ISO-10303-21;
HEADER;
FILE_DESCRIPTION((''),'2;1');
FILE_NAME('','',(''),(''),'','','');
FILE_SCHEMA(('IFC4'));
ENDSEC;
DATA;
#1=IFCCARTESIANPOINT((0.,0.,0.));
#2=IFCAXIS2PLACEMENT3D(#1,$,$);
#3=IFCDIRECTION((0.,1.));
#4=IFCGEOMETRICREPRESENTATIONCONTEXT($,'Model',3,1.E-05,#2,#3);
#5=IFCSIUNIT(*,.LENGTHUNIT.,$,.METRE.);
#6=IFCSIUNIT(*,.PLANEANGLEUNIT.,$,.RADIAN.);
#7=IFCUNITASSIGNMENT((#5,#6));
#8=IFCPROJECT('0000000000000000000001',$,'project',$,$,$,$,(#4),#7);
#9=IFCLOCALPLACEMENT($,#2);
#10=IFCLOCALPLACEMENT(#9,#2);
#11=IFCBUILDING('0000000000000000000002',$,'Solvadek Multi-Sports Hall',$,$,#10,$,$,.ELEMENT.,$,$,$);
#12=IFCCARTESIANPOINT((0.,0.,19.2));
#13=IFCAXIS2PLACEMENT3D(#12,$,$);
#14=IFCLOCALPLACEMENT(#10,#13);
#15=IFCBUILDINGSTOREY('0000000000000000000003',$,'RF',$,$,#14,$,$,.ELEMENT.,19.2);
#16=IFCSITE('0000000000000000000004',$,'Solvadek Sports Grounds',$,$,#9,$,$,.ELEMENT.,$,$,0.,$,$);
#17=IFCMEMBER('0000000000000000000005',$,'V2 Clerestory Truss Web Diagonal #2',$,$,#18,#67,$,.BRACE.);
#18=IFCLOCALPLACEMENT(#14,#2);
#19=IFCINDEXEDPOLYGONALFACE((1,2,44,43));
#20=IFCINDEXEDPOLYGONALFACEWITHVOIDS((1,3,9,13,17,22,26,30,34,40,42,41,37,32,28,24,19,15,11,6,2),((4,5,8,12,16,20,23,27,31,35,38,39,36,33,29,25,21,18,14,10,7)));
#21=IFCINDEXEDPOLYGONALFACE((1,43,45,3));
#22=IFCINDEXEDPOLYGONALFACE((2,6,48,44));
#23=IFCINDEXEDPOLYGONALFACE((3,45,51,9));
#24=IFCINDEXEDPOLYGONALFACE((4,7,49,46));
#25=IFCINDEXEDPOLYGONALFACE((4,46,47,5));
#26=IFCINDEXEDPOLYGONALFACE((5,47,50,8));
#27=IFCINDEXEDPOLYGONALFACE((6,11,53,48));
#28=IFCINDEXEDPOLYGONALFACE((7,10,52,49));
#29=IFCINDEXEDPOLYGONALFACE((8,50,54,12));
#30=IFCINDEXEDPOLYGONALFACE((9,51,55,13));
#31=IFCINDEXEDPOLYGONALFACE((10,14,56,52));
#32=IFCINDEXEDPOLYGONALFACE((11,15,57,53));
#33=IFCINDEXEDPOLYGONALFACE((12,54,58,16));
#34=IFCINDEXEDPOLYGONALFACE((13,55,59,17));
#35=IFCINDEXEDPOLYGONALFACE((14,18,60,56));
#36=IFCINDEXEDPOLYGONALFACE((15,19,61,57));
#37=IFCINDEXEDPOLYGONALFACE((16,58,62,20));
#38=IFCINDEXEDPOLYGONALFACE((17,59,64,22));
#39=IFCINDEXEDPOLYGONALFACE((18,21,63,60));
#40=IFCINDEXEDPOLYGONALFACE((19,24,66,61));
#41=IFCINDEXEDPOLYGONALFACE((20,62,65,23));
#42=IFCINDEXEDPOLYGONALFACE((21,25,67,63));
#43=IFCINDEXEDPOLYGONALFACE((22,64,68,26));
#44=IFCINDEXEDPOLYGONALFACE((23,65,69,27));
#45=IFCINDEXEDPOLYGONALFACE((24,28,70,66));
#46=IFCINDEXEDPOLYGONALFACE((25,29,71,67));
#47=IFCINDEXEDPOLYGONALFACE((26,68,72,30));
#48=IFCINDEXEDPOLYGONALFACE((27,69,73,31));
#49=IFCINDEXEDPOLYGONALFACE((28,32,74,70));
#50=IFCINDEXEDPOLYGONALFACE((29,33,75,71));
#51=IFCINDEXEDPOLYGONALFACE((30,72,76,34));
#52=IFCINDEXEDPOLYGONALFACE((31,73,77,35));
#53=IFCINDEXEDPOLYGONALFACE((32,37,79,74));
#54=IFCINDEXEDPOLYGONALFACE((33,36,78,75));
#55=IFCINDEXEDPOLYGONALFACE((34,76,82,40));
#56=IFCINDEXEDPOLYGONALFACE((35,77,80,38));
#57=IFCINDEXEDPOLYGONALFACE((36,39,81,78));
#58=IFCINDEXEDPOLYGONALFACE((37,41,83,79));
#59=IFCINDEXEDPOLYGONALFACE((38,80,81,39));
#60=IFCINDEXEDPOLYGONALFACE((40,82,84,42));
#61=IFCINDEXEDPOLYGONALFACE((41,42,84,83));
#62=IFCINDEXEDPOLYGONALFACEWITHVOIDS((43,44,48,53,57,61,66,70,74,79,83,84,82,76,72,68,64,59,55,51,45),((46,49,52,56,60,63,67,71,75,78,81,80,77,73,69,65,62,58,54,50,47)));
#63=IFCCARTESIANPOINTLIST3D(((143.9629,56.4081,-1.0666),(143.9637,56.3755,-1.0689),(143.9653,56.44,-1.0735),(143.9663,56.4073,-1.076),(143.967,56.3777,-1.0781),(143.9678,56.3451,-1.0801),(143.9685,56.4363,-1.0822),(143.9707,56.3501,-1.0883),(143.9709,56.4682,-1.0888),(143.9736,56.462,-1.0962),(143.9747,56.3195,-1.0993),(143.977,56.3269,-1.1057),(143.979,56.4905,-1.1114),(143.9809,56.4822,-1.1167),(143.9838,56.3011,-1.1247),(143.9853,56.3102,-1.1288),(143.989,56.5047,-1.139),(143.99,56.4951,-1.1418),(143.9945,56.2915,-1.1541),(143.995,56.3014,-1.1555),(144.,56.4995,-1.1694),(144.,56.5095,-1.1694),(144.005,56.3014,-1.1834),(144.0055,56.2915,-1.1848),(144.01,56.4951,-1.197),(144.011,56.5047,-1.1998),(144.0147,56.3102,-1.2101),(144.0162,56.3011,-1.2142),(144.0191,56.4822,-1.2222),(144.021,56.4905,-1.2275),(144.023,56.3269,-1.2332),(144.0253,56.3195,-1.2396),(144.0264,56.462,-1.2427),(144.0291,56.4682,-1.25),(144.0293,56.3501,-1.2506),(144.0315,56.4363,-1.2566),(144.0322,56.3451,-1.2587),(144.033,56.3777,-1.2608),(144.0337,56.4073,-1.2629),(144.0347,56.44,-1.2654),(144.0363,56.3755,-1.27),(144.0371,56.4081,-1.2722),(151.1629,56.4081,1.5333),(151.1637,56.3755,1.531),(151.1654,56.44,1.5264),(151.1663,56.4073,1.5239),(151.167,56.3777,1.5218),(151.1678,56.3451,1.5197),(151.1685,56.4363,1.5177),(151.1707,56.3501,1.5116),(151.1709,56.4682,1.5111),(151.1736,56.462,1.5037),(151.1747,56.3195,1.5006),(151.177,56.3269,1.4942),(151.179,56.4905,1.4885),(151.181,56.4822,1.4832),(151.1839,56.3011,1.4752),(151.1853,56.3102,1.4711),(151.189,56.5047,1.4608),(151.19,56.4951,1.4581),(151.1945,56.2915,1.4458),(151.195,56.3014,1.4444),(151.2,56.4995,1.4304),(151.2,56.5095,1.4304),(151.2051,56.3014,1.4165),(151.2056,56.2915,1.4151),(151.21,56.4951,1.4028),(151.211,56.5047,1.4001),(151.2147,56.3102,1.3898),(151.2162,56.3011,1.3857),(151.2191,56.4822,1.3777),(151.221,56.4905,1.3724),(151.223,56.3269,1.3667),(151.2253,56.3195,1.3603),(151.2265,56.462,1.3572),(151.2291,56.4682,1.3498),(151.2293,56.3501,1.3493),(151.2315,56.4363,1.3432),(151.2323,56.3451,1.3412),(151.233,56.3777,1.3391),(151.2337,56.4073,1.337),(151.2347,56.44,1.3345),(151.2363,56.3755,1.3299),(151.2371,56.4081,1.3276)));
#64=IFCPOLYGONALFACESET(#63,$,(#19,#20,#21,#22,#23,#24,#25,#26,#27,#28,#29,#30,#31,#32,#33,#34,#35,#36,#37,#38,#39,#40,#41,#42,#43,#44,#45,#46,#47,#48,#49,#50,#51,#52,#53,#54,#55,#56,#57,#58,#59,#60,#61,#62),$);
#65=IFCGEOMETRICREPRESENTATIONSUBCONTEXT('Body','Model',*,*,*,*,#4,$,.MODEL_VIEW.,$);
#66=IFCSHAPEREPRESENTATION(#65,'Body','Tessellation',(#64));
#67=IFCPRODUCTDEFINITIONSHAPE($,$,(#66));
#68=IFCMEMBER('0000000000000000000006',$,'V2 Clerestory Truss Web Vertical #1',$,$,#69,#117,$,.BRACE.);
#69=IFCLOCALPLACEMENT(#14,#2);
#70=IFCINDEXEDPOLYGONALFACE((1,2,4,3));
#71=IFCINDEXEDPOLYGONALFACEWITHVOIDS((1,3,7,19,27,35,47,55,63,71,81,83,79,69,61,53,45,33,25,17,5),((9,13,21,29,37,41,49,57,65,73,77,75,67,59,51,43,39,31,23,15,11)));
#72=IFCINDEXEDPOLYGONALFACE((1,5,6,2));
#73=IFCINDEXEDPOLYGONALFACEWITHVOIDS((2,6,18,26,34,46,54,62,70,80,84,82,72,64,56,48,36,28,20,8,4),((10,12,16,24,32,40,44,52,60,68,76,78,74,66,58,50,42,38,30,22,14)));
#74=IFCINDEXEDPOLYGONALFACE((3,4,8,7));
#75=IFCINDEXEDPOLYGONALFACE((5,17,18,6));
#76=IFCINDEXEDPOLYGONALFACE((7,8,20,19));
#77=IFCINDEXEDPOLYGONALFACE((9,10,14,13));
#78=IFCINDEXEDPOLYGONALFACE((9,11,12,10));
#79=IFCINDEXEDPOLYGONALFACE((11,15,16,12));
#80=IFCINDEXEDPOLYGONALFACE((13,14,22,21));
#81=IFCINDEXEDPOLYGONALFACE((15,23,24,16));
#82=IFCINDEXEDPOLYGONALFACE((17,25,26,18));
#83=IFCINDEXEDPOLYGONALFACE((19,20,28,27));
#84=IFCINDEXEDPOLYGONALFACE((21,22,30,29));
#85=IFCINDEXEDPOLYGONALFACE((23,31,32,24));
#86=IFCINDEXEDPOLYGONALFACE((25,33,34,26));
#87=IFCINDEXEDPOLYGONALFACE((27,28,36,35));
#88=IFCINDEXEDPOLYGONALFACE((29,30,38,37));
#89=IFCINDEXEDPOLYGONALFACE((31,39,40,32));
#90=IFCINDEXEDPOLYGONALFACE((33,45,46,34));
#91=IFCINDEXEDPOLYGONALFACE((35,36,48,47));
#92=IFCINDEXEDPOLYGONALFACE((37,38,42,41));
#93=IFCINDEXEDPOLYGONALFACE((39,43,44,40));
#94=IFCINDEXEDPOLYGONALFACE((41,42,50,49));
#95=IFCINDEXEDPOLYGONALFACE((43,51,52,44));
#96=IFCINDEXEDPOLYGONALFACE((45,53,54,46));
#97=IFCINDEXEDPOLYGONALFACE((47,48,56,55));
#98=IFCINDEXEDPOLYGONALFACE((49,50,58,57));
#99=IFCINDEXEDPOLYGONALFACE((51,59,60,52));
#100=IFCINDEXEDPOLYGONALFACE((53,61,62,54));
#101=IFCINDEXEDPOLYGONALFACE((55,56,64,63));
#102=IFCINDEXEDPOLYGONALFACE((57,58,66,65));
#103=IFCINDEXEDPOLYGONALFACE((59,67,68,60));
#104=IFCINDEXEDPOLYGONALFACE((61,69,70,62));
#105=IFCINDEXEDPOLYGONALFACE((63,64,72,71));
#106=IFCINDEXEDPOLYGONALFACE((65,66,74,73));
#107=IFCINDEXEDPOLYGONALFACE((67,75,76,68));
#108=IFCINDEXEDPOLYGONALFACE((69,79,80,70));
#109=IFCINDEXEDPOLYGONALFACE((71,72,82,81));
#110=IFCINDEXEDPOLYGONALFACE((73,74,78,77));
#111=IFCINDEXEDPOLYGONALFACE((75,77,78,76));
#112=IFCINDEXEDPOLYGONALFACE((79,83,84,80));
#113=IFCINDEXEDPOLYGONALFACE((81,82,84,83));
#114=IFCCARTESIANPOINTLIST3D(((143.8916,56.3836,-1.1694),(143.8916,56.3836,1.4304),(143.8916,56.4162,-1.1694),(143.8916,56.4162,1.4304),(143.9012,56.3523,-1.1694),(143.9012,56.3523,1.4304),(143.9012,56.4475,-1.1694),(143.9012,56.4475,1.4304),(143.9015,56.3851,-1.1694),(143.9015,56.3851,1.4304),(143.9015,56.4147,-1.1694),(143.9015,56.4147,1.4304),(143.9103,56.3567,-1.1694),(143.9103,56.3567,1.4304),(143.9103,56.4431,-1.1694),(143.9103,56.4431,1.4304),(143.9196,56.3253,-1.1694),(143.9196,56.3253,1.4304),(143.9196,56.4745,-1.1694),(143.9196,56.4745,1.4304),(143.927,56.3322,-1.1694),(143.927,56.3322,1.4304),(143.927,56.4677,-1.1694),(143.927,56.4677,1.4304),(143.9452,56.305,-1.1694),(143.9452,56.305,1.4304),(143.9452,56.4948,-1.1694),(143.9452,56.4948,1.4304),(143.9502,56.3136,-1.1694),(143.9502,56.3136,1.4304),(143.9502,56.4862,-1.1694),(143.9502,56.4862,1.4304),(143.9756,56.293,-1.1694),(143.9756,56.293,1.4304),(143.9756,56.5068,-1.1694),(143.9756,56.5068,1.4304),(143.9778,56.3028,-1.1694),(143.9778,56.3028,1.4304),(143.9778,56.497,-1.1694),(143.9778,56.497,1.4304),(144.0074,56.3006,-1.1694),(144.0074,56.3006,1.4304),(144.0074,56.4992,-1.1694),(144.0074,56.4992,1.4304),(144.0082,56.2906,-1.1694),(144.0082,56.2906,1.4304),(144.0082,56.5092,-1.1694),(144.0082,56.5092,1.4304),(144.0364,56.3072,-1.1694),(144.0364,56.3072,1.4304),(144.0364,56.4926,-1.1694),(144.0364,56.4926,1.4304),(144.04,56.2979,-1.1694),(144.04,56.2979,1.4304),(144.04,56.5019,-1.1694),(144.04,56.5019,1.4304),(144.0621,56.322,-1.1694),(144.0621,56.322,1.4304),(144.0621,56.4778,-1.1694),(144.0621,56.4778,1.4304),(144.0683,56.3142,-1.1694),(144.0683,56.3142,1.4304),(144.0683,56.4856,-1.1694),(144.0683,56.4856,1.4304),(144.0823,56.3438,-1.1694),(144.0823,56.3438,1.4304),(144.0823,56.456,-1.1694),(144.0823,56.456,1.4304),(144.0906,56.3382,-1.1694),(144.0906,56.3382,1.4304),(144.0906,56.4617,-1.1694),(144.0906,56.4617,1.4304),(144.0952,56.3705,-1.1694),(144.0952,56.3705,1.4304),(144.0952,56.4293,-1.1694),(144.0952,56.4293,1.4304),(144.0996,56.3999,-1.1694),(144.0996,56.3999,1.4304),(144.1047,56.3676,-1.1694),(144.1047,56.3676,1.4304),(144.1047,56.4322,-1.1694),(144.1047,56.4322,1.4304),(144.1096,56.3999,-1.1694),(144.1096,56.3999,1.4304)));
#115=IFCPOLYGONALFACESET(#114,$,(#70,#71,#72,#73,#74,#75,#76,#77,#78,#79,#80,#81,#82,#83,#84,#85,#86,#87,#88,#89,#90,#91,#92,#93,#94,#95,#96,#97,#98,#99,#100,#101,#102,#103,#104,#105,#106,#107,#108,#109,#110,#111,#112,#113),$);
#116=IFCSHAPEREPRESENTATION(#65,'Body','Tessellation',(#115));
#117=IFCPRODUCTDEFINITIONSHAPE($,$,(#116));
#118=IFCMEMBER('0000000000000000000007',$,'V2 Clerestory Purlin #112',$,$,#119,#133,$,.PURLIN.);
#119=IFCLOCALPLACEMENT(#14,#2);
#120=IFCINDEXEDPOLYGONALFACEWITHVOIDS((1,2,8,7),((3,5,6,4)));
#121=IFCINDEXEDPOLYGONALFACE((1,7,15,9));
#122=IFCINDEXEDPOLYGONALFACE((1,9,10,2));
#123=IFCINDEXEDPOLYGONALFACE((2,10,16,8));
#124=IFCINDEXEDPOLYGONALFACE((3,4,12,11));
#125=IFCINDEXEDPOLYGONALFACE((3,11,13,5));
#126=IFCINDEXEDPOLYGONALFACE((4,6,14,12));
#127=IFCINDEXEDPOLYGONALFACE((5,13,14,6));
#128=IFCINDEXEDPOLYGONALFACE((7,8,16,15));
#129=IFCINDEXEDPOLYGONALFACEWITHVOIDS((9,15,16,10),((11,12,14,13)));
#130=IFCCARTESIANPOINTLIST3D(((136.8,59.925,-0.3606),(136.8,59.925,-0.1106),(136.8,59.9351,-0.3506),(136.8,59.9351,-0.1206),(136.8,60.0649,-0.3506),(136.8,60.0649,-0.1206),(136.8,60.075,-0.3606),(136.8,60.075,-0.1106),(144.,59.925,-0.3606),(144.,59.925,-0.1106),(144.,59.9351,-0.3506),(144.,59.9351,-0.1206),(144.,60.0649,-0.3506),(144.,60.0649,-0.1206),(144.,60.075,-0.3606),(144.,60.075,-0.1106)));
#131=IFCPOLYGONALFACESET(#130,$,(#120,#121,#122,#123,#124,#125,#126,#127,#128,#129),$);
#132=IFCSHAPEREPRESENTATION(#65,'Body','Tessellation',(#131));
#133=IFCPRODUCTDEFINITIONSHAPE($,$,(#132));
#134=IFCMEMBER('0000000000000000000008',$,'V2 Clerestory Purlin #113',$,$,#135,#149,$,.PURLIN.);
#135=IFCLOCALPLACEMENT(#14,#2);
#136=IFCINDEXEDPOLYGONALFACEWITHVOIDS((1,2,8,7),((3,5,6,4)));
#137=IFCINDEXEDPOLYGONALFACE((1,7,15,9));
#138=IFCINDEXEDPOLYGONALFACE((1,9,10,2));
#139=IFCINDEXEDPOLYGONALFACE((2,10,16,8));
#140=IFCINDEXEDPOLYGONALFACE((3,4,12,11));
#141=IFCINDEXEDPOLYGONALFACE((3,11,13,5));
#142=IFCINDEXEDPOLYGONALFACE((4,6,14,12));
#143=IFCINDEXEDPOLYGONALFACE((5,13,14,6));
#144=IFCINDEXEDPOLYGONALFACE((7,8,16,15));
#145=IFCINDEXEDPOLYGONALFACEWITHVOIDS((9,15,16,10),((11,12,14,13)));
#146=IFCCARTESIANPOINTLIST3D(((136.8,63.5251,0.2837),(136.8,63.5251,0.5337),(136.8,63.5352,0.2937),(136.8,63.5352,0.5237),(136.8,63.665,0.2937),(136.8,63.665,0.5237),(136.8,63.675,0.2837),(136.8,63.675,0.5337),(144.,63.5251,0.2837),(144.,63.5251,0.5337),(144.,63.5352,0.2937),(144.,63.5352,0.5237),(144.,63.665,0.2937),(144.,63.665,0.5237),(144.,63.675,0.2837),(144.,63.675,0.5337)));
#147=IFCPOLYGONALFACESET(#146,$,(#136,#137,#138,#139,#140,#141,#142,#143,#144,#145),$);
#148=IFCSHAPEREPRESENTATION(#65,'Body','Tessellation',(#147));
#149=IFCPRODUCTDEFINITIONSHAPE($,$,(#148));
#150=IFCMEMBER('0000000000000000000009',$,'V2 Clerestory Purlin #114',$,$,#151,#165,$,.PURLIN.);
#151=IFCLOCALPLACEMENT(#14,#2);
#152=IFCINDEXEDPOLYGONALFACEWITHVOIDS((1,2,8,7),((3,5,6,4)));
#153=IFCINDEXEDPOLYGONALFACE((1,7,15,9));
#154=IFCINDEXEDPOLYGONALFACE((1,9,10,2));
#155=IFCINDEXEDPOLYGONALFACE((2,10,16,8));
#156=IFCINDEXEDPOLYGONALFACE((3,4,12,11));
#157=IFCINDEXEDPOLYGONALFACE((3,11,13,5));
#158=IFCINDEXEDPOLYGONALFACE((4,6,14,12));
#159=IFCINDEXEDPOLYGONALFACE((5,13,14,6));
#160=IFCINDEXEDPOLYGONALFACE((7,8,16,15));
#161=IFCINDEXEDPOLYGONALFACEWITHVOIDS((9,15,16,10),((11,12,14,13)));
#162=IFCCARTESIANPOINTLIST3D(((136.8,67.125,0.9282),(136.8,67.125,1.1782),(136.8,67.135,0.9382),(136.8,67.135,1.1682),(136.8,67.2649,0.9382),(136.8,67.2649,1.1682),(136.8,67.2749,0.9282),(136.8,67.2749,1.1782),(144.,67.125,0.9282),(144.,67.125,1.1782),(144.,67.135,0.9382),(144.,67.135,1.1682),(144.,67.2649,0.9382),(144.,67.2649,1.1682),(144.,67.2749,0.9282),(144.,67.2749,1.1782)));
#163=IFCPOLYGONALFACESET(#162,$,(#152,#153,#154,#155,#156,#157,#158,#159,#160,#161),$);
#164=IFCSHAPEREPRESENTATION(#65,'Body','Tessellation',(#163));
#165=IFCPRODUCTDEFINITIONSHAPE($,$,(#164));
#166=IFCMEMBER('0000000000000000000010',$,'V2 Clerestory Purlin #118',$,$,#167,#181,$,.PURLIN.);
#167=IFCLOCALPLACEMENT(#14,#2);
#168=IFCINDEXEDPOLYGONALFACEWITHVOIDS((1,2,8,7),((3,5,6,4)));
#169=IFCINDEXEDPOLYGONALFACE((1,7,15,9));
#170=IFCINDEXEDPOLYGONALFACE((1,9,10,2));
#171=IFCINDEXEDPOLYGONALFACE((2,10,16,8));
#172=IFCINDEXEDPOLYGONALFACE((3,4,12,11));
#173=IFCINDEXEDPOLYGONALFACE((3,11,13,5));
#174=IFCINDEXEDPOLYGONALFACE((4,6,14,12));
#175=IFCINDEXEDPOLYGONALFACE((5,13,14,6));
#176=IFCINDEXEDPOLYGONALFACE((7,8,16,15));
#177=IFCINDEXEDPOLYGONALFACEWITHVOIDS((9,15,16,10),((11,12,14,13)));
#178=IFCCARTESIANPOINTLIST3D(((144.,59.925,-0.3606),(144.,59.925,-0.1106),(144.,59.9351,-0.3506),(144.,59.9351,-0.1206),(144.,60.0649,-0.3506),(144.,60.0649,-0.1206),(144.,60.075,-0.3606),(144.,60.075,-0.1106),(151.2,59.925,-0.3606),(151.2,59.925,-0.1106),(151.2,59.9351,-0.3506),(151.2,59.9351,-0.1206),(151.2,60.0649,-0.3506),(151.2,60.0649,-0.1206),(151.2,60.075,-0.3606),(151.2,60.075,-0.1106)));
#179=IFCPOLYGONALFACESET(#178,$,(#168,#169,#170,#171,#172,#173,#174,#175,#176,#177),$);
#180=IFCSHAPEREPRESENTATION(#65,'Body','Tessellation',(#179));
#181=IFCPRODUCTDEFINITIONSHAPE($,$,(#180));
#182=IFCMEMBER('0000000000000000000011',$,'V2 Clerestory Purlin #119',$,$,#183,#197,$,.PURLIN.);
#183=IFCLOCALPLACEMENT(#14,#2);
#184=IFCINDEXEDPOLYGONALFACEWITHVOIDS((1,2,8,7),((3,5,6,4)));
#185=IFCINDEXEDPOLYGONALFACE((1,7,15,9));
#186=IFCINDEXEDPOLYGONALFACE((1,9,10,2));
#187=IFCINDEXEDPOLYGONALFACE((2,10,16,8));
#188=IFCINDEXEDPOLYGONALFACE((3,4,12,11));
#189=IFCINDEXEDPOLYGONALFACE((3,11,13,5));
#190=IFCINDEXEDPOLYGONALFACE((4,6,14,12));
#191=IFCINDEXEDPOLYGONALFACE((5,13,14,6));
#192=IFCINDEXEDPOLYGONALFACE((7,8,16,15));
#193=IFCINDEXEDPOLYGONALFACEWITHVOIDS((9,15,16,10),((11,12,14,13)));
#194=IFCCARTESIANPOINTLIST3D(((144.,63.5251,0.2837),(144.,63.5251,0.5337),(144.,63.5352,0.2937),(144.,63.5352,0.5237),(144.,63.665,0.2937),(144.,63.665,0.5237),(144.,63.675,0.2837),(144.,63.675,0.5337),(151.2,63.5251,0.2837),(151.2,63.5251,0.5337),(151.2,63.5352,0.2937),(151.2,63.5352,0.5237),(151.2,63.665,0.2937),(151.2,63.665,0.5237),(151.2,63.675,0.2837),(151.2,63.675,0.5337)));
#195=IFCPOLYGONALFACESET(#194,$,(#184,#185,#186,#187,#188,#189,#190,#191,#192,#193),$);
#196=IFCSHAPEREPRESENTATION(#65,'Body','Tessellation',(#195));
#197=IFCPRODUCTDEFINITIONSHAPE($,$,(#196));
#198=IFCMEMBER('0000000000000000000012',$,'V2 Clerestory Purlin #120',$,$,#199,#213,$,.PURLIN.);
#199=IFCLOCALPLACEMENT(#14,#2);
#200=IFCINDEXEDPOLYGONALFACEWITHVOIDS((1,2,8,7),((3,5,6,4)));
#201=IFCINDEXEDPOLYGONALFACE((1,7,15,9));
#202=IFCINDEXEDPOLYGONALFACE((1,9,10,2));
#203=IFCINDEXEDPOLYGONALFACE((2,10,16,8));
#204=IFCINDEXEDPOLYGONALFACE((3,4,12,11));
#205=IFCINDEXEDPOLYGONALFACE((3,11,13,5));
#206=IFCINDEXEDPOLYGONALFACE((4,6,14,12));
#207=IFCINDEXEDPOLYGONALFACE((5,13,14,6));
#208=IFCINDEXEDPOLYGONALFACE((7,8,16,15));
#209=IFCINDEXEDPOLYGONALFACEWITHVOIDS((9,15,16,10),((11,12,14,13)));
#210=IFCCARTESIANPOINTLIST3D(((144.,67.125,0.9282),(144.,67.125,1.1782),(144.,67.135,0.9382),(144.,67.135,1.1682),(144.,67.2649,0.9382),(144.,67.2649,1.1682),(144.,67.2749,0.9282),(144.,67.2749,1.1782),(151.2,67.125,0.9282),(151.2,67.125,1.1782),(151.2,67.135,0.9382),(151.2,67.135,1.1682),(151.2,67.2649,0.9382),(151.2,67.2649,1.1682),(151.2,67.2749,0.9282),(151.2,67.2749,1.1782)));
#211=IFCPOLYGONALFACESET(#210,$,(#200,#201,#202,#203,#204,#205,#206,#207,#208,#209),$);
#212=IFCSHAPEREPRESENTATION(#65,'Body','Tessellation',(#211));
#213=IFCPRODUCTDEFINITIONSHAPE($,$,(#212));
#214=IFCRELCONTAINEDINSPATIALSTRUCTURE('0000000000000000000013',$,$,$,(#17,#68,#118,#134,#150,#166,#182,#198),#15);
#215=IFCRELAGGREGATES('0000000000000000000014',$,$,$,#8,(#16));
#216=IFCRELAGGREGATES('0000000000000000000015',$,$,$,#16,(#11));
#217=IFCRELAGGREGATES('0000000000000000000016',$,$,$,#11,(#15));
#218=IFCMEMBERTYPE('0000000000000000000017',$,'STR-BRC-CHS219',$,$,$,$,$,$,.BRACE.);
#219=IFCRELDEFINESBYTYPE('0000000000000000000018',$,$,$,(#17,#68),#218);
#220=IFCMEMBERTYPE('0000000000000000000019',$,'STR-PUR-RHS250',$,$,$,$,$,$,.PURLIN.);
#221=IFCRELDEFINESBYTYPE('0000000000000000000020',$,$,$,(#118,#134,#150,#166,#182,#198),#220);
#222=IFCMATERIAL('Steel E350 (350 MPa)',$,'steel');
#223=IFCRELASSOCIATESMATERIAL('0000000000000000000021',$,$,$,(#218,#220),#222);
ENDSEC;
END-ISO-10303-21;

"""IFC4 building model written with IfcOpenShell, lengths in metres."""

from ifc_helpers import new_model, si_unit, direction, frame, origin, origin_2d, place, context, subcontext, project, spatial, hollow_rectangle, hollow_circle, extrude, material, material_profile, profile_set, type_object, element, save


model = new_model("IFC4")

# Units and contexts
model_context = context("Model", 3, precision=1e-05, world=origin(), true_north=direction((0.0, 1.0)))
body_context = subcontext(model_context, "Body", "Model", "MODEL_VIEW")
ifc_project = project(units=[si_unit("LENGTHUNIT", "METRE"), si_unit("PLANEANGLEUNIT", "RADIAN")], contexts=[model_context])

# Site, building, storey
site_placement = place(None, origin())
site = spatial("IfcSite", under=ifc_project, at=site_placement, Name="Solvadek Sports Grounds", CompositionType="ELEMENT", RefElevation=0.0)
building_placement = place(site_placement, origin())
building = spatial("IfcBuilding", under=site, at=building_placement, Name="Solvadek Multi-Sports Hall", CompositionType="ELEMENT")
storey_placement = place(building_placement, frame((0.0, 0.0, 19.2)))
storey = spatial("IfcBuildingStorey", under=building, at=storey_placement, Name="RF", CompositionType="ELEMENT", Elevation=19.2)

# Shared definitions
ifc_material_1 = material(Name="Steel E350 (350 MPa)", Category="steel")

# Members
ifc_material_profile_1 = material_profile(ifc_material_1, hollow_circle(Radius=0.1096, WallThickness=0.01, at=origin_2d()), Name="CHS 219.1x10")
ifc_profile_set_1 = profile_set([ifc_material_profile_1], Name="Steel E350 (350 MPa)")
member_type_1 = type_object("IfcMemberType", Name="STR-BRC-CHS219", PredefinedType="BRACE", material=ifc_profile_set_1)
for number, where, z_axis, x_axis, name in (
    (1, (144.0, 56.3999, -1.1694), (0.940559, 0.0, 0.33963), (0.0, 1.0, 0.0), "V2 Clerestory Truss Web Diagonal #2"),
):
    element("IfcMember", number, at=place(storey_placement, frame(where, z_axis=z_axis, x_axis=x_axis)), inside=storey, type_object=member_type_1, Name=name, PredefinedType="BRACE", context=body_context, shape_type="SweptSolid", body=[
        extrude(hollow_circle(Radius=0.1096, WallThickness=0.01, at=origin_2d()), origin(), (0.0, 0.0, 1.0), 7.655),
    ])
member_placement = place(storey_placement, frame((144.0, 56.3999, -1.1694), z_axis=(0.0, 0.0, 1.0), x_axis=(1.0, 0.0, 0.0)))
element("IfcMember", 2, at=member_placement, inside=storey, type_object=member_type_1, Name="V2 Clerestory Truss Web Vertical #1", PredefinedType="BRACE", context=body_context, shape_type="SweptSolid", body=[
    extrude(hollow_circle(Radius=0.1096, WallThickness=0.01, at=origin_2d()), origin(), (0.0, 0.0, 1.0), 2.5999),
])
ifc_material_profile_2 = material_profile(ifc_material_1, hollow_rectangle(XDim=0.1499, YDim=0.25, WallThickness=0.01, at=origin_2d()), Name="RHS 250x150x10")
ifc_profile_set_2 = profile_set([ifc_material_profile_2], Name="Steel E350 (350 MPa)")
member_type_2 = type_object("IfcMemberType", Name="STR-PUR-RHS250", PredefinedType="PURLIN", material=ifc_profile_set_2)
for number, where, z_axis, x_axis, name in (
    (3, (136.8, 60.0, -0.2356), (1.0, 0.0, 0.0), (0.0, 1.0, 0.0), "V2 Clerestory Purlin #112"),
    (4, (136.8, 63.6001, 0.4087), (1.0, 0.0, 0.0), (0.0, 1.0, 0.0), "V2 Clerestory Purlin #113"),
    (5, (136.8, 67.2, 1.0532), (1.0, 0.0, 0.0), (0.0, 1.0, 0.0), "V2 Clerestory Purlin #114"),
    (6, (144.0, 60.0, -0.2356), (1.0, 0.0, 0.0), (0.0, 1.0, 0.0), "V2 Clerestory Purlin #118"),
    (7, (144.0, 63.6001, 0.4087), (1.0, 0.0, 0.0), (0.0, 1.0, 0.0), "V2 Clerestory Purlin #119"),
    (8, (144.0, 67.2, 1.0532), (1.0, 0.0, 0.0), (0.0, 1.0, 0.0), "V2 Clerestory Purlin #120"),
):
    element("IfcMember", number, at=place(storey_placement, frame(where, z_axis=z_axis, x_axis=x_axis)), inside=storey, type_object=member_type_2, Name=name, PredefinedType="PURLIN", context=body_context, shape_type="SweptSolid", body=[
        extrude(hollow_rectangle(XDim=0.1499, YDim=0.25, WallThickness=0.01, at=origin_2d()), origin(), (0.0, 0.0, 1.0), 7.2),
    ])

save(model, "model.ifc")
